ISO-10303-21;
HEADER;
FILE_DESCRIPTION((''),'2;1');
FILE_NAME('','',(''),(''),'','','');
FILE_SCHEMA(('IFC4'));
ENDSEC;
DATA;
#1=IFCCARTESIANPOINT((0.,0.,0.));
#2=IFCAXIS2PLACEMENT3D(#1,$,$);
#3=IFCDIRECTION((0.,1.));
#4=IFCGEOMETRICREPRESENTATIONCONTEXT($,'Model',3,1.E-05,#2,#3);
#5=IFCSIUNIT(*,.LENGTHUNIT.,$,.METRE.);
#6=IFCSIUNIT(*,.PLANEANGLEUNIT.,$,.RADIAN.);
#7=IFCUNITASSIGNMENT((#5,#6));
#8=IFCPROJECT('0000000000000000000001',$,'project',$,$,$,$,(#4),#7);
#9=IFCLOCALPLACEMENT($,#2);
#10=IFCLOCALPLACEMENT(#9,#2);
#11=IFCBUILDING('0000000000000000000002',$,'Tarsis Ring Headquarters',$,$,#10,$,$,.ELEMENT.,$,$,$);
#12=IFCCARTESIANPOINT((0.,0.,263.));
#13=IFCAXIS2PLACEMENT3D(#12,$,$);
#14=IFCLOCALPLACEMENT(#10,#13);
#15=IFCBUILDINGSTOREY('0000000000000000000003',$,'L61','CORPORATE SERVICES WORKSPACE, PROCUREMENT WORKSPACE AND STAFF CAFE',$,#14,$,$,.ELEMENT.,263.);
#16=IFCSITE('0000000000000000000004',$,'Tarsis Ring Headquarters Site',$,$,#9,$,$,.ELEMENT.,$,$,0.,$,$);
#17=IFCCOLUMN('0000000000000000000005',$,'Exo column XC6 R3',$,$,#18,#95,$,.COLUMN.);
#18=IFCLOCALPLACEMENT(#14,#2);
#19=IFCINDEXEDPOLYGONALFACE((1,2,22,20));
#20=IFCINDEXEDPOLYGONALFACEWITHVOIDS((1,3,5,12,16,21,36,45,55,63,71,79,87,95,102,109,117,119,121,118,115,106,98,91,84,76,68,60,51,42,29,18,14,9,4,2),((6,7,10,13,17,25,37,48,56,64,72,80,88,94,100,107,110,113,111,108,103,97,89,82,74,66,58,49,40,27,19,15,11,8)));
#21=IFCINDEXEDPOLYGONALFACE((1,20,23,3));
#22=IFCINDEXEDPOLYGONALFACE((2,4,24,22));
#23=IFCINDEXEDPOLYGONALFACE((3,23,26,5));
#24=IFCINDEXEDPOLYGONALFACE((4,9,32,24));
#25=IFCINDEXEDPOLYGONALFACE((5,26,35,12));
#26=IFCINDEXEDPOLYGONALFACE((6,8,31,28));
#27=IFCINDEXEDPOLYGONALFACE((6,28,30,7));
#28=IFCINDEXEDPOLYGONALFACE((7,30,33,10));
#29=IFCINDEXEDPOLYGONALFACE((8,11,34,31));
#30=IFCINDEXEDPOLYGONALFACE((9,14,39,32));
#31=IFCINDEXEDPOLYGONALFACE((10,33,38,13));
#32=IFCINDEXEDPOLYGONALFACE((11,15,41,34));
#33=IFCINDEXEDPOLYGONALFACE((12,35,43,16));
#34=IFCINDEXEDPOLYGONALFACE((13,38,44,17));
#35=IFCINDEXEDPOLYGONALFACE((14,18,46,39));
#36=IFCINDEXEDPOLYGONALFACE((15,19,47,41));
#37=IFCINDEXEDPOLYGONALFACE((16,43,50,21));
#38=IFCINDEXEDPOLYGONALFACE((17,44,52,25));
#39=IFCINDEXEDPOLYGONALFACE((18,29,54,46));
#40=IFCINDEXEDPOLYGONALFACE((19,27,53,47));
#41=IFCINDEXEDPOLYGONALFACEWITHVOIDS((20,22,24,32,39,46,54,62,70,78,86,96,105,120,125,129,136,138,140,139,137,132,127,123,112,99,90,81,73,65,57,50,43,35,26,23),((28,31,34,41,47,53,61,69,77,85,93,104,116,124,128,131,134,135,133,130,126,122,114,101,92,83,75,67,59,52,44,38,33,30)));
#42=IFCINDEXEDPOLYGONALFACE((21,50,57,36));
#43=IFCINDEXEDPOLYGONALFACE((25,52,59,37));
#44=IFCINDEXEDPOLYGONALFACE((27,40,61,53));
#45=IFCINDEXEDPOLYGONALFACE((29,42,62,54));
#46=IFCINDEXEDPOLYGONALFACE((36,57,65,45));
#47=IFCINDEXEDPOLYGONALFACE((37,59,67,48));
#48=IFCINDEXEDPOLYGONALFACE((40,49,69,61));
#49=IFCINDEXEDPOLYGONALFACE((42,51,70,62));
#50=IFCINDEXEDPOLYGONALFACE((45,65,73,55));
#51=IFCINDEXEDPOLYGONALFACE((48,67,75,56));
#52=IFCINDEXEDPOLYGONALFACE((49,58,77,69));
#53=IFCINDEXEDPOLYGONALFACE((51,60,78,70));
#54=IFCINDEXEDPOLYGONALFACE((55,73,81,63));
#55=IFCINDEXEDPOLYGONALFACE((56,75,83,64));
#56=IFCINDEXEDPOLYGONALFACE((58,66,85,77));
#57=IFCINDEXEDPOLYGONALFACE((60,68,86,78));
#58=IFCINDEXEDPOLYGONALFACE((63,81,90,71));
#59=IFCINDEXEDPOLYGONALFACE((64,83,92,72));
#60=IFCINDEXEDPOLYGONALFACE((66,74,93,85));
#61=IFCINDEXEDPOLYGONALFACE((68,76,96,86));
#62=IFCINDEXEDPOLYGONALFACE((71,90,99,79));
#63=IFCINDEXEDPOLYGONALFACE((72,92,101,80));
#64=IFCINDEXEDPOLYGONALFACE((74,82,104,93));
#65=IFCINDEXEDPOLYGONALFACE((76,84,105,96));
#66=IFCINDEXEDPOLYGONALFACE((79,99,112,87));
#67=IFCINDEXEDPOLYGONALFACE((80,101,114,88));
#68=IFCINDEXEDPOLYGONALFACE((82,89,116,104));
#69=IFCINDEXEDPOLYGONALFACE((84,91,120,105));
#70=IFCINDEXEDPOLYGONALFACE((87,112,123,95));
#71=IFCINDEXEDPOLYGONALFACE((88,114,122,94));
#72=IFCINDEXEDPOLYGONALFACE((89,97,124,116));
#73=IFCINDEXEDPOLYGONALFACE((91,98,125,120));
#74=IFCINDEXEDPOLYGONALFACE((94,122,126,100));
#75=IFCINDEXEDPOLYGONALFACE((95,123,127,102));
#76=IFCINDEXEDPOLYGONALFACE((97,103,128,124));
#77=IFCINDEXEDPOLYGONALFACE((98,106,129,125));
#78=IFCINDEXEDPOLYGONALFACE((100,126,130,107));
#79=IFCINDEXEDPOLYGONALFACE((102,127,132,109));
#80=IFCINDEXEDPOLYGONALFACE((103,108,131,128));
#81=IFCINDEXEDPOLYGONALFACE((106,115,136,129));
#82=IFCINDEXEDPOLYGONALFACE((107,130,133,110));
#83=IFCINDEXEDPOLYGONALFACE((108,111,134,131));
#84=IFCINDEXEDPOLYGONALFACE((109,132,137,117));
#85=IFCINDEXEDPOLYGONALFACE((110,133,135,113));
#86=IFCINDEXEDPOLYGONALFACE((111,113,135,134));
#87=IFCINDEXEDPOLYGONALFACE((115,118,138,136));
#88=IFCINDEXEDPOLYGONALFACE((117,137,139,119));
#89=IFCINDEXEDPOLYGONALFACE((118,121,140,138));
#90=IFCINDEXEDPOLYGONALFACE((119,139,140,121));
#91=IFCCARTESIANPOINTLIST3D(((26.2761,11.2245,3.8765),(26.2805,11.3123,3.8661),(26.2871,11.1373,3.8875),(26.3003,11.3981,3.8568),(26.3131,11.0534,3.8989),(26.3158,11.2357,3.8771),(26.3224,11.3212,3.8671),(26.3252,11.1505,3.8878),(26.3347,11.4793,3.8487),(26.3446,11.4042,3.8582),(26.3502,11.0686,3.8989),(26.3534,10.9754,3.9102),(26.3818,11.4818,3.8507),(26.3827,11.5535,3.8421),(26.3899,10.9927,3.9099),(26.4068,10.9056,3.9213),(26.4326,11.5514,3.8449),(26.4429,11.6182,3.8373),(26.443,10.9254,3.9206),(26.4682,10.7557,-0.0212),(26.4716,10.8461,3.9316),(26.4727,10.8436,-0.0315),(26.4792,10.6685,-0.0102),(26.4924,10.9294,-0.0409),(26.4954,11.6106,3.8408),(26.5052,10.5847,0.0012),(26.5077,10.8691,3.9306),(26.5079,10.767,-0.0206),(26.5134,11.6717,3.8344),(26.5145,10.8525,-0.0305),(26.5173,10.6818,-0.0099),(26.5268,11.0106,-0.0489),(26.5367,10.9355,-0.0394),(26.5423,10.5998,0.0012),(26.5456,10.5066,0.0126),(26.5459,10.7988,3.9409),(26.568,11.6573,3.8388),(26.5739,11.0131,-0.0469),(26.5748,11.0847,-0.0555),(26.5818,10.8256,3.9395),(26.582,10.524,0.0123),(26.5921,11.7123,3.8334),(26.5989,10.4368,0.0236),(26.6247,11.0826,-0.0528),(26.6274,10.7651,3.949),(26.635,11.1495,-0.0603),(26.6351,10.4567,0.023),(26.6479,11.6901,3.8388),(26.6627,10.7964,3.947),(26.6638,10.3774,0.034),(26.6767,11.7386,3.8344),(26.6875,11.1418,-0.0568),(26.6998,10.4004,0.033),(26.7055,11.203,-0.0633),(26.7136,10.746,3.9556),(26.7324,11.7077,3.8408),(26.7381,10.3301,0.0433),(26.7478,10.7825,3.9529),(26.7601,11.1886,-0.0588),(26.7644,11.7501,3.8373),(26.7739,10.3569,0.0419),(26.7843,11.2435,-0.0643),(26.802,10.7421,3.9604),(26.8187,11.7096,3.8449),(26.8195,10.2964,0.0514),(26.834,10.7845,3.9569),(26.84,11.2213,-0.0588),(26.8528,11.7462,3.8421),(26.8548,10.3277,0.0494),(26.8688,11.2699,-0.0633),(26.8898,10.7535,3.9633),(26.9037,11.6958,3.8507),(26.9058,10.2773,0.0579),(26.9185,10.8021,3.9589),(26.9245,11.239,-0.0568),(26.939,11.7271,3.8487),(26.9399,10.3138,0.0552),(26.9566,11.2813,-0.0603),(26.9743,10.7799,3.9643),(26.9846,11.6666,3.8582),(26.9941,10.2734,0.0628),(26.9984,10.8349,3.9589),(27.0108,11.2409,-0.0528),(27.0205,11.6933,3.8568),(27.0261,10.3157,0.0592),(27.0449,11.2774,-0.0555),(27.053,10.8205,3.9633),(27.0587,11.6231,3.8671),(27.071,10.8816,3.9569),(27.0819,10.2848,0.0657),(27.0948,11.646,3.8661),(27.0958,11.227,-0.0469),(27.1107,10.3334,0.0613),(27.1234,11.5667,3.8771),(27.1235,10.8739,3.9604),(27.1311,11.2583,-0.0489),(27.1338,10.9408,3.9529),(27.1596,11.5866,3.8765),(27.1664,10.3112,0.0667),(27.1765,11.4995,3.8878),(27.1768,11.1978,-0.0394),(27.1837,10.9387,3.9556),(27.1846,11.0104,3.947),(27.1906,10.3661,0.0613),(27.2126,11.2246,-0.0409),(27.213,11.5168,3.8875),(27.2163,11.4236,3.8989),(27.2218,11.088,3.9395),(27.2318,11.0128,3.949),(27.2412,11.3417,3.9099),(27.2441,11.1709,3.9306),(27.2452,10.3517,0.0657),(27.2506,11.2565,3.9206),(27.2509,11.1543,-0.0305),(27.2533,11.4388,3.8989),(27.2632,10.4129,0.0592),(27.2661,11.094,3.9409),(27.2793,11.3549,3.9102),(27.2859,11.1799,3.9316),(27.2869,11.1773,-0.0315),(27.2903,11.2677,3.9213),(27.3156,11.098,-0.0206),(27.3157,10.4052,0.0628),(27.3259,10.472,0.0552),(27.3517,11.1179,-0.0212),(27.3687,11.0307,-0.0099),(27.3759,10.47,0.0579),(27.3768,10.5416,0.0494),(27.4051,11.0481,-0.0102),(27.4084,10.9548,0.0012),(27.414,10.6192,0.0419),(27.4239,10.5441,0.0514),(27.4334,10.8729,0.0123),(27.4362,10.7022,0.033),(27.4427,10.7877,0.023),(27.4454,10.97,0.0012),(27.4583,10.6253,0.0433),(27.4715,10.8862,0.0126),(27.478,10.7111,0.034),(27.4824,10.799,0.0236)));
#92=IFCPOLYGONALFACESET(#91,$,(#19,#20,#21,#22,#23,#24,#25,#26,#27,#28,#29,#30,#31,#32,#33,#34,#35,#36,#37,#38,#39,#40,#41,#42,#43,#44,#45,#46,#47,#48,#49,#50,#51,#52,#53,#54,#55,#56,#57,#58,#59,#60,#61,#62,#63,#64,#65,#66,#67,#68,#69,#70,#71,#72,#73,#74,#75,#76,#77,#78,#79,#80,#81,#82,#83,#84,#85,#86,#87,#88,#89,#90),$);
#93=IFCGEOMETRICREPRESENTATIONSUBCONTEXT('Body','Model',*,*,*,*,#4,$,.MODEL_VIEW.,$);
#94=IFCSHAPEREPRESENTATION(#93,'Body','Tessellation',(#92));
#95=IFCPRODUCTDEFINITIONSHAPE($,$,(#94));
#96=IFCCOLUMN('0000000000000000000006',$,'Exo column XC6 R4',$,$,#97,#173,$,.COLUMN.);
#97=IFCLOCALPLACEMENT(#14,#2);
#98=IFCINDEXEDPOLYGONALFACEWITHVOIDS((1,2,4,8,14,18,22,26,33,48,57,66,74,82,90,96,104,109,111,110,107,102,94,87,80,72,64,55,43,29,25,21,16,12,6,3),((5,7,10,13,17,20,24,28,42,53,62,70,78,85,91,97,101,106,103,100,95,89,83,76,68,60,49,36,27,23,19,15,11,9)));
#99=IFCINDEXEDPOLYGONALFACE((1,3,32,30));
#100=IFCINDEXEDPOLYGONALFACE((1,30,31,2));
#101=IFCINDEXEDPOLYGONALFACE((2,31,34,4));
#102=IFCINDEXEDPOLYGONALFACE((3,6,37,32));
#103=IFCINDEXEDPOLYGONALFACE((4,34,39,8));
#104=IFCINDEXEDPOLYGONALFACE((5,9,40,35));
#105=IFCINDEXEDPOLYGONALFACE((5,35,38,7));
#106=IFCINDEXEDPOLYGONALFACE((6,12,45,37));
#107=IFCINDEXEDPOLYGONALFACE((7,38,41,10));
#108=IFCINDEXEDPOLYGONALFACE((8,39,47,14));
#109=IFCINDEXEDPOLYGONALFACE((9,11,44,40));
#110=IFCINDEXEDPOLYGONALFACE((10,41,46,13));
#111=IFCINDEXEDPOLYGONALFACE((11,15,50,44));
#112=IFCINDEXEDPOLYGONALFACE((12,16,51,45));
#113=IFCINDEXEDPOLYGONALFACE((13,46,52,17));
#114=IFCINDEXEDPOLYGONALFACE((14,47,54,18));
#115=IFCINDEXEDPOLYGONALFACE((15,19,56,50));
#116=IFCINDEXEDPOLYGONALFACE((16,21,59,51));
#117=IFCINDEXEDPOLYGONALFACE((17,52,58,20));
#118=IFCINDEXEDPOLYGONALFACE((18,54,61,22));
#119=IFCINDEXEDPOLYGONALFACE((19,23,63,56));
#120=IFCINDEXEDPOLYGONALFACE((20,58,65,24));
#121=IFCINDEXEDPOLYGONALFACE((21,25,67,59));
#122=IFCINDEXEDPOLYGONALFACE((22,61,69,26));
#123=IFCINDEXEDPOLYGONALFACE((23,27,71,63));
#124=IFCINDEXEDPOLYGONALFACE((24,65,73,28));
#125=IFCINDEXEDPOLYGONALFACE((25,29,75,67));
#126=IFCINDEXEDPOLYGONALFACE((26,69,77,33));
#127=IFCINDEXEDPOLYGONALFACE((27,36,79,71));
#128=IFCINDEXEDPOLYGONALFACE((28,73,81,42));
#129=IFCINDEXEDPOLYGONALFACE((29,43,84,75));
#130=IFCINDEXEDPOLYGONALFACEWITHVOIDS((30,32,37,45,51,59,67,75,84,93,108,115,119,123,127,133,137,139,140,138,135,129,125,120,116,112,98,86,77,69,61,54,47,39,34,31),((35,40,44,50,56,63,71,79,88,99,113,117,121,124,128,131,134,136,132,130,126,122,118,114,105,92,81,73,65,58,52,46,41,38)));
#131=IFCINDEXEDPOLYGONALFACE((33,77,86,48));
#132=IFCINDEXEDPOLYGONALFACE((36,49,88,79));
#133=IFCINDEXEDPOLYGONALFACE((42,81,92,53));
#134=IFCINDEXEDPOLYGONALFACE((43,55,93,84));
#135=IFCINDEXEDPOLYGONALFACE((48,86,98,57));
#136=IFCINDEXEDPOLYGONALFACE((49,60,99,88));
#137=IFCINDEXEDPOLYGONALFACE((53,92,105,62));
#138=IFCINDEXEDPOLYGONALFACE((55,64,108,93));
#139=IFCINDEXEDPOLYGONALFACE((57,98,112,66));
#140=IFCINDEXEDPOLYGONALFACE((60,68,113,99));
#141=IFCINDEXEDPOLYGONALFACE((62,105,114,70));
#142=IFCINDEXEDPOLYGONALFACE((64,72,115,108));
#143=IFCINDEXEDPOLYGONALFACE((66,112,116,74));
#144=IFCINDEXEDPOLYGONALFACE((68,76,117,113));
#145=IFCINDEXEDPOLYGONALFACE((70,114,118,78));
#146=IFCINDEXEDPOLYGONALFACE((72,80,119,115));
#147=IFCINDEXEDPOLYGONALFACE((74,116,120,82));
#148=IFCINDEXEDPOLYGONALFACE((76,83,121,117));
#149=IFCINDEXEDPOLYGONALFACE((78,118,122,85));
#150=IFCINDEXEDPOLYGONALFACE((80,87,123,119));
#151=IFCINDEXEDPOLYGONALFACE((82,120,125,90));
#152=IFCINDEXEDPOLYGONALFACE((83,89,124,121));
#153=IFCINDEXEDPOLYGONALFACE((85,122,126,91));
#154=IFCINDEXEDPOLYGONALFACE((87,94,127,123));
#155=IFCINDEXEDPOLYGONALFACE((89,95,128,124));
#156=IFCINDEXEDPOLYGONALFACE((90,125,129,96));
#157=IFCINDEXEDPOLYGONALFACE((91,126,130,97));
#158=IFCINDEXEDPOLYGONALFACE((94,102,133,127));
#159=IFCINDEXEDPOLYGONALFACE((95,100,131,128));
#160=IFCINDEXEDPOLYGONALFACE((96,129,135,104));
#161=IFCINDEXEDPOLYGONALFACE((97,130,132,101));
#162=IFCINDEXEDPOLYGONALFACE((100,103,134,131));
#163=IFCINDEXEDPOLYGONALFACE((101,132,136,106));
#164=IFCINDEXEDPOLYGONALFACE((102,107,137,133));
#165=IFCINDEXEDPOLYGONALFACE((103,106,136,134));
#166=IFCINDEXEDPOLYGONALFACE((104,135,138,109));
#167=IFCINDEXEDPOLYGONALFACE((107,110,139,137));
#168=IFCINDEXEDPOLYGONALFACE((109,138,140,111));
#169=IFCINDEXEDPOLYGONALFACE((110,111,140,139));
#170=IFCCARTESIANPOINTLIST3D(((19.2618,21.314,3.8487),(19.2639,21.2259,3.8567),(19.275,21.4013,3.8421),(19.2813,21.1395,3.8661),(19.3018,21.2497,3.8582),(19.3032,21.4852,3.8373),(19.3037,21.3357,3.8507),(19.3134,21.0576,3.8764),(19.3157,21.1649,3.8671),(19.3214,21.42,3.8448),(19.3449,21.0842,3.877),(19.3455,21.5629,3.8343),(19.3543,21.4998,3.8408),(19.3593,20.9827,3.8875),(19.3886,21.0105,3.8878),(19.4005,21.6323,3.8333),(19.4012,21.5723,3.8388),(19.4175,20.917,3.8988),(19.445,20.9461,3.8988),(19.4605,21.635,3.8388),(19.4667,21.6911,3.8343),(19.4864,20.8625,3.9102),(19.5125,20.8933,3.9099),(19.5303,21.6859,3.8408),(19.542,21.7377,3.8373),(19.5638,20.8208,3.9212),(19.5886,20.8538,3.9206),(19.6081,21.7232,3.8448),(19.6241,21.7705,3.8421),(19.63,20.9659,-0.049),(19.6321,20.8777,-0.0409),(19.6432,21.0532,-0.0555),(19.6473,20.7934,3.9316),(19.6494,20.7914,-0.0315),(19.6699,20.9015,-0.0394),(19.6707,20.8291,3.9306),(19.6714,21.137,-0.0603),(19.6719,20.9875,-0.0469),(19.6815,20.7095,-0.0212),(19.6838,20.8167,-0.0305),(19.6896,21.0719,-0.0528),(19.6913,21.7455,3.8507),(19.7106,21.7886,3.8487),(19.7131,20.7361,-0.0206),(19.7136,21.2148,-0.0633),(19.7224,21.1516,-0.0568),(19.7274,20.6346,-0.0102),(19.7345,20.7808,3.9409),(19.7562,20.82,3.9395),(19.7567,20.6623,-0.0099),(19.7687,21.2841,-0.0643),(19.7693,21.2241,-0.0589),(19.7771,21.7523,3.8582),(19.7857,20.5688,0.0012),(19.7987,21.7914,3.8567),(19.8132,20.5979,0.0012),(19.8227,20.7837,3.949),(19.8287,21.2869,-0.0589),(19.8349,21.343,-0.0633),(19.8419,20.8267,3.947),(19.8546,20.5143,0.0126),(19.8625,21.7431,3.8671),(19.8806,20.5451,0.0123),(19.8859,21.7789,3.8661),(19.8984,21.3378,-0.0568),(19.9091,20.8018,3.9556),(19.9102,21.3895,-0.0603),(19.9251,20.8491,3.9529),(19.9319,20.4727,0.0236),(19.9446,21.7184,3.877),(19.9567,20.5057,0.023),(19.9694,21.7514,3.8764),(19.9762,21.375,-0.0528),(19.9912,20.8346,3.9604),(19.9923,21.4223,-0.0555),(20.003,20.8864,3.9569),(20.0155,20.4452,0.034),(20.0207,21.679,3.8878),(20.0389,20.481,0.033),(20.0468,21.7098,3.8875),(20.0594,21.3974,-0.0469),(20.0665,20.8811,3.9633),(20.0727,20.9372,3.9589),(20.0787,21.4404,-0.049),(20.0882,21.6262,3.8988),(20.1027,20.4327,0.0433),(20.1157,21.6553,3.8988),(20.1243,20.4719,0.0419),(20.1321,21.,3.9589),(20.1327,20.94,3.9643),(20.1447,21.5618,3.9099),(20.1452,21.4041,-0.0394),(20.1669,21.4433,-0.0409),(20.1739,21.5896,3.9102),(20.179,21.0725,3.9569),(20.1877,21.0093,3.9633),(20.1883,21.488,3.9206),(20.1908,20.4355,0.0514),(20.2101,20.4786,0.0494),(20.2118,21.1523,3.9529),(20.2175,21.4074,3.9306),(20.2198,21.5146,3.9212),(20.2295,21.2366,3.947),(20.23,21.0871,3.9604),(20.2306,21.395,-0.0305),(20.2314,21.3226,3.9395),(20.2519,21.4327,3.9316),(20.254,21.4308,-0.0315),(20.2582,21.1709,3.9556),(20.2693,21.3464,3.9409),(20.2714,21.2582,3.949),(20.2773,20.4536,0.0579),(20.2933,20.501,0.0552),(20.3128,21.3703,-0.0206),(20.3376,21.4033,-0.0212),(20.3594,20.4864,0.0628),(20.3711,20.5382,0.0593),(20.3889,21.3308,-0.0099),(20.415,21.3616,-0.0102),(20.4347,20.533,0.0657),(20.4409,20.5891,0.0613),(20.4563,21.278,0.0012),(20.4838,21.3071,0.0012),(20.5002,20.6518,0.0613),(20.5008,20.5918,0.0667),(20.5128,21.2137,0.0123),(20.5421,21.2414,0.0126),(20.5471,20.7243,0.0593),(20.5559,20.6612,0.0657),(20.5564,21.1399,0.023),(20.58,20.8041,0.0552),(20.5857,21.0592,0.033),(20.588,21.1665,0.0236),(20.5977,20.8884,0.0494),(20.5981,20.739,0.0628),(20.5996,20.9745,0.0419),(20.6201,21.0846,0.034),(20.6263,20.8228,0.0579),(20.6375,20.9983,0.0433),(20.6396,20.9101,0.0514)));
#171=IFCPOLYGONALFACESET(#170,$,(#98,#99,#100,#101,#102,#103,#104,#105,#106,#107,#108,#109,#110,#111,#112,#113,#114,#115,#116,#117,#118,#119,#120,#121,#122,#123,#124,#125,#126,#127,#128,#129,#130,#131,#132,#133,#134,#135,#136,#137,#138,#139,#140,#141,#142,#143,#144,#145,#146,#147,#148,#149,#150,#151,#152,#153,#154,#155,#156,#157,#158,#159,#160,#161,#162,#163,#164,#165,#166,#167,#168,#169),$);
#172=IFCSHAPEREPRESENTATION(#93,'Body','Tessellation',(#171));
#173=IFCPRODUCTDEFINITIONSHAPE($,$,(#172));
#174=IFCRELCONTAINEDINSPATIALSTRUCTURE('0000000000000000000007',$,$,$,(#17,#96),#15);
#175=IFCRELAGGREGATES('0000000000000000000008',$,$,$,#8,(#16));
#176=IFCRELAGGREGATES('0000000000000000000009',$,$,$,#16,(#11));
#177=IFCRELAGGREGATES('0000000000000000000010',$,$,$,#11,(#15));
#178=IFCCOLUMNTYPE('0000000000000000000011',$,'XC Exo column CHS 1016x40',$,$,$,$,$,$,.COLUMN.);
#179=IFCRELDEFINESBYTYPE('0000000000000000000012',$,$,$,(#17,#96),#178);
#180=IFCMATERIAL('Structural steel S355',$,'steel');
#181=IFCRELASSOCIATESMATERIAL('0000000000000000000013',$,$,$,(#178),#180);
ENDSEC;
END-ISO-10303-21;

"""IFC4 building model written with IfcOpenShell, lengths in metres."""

from ifc_helpers import new_model, si_unit, direction, frame, origin, origin_2d, place, context, subcontext, project, spatial, hollow_circle, extrude, material, material_profile, profile_set, type_object, element, save


model = new_model("IFC4")

# Units and contexts
model_context = context("Model", 3, precision=1e-05, world=origin(), true_north=direction((0.0, 1.0)))
body_context = subcontext(model_context, "Body", "Model", "MODEL_VIEW")
ifc_project = project(units=[si_unit("LENGTHUNIT", "METRE"), si_unit("PLANEANGLEUNIT", "RADIAN")], contexts=[model_context])

# Site, building, storey
site_placement = place(None, origin())
site = spatial("IfcSite", under=ifc_project, at=site_placement, Name="Tarsis Ring Headquarters Site", CompositionType="ELEMENT", RefElevation=0.0)
building_placement = place(site_placement, origin())
building = spatial("IfcBuilding", under=site, at=building_placement, Name="Tarsis Ring Headquarters", CompositionType="ELEMENT")
storey_placement = place(building_placement, frame((0.0, 0.0, 263.0)))
storey = spatial("IfcBuildingStorey", under=building, at=storey_placement, Name="L61", Description="CORPORATE SERVICES WORKSPACE, PROCUREMENT WORKSPACE AND STAFF CAFE", CompositionType="ELEMENT", Elevation=263.0)

# Columns
ifc_material_1 = material(Name="Structural steel S355", Category="steel")
ifc_material_profile_1 = material_profile(ifc_material_1, hollow_circle(Radius=0.5081, WallThickness=0.04, at=origin_2d()), Name="CHS 1016x40")
ifc_profile_set_1 = profile_set([ifc_material_profile_1], Name="Structural steel S355")
column_type = type_object("IfcColumnType", Name="XC Exo column CHS 1016x40", PredefinedType="COLUMN", material=ifc_profile_set_1)
for number, where, z_axis, x_axis, name in (
    (1, (26.9753, 10.7773, 0.0012), (-0.048884, 0.11926, 0.991659), (-0.925286, -0.379271, 0.0), "Exo column XC6 R3"),
    (2, (20.1348, 20.938, 0.0012), (-0.093668, 0.088575, 0.991656), (-0.687076, -0.726585, 0.0), "Exo column XC6 R4"),
):
    element("IfcColumn", number, at=place(storey_placement, frame(where, z_axis=z_axis, x_axis=x_axis)), inside=storey, type_object=column_type, Name=name, PredefinedType="COLUMN", context=body_context, shape_type="SweptSolid", body=[
        extrude(hollow_circle(Radius=0.5081, WallThickness=0.04, at=origin_2d()), origin(), (0.0, 0.0, 1.0), 3.9304),
    ])

save(model, "model.ifc")
